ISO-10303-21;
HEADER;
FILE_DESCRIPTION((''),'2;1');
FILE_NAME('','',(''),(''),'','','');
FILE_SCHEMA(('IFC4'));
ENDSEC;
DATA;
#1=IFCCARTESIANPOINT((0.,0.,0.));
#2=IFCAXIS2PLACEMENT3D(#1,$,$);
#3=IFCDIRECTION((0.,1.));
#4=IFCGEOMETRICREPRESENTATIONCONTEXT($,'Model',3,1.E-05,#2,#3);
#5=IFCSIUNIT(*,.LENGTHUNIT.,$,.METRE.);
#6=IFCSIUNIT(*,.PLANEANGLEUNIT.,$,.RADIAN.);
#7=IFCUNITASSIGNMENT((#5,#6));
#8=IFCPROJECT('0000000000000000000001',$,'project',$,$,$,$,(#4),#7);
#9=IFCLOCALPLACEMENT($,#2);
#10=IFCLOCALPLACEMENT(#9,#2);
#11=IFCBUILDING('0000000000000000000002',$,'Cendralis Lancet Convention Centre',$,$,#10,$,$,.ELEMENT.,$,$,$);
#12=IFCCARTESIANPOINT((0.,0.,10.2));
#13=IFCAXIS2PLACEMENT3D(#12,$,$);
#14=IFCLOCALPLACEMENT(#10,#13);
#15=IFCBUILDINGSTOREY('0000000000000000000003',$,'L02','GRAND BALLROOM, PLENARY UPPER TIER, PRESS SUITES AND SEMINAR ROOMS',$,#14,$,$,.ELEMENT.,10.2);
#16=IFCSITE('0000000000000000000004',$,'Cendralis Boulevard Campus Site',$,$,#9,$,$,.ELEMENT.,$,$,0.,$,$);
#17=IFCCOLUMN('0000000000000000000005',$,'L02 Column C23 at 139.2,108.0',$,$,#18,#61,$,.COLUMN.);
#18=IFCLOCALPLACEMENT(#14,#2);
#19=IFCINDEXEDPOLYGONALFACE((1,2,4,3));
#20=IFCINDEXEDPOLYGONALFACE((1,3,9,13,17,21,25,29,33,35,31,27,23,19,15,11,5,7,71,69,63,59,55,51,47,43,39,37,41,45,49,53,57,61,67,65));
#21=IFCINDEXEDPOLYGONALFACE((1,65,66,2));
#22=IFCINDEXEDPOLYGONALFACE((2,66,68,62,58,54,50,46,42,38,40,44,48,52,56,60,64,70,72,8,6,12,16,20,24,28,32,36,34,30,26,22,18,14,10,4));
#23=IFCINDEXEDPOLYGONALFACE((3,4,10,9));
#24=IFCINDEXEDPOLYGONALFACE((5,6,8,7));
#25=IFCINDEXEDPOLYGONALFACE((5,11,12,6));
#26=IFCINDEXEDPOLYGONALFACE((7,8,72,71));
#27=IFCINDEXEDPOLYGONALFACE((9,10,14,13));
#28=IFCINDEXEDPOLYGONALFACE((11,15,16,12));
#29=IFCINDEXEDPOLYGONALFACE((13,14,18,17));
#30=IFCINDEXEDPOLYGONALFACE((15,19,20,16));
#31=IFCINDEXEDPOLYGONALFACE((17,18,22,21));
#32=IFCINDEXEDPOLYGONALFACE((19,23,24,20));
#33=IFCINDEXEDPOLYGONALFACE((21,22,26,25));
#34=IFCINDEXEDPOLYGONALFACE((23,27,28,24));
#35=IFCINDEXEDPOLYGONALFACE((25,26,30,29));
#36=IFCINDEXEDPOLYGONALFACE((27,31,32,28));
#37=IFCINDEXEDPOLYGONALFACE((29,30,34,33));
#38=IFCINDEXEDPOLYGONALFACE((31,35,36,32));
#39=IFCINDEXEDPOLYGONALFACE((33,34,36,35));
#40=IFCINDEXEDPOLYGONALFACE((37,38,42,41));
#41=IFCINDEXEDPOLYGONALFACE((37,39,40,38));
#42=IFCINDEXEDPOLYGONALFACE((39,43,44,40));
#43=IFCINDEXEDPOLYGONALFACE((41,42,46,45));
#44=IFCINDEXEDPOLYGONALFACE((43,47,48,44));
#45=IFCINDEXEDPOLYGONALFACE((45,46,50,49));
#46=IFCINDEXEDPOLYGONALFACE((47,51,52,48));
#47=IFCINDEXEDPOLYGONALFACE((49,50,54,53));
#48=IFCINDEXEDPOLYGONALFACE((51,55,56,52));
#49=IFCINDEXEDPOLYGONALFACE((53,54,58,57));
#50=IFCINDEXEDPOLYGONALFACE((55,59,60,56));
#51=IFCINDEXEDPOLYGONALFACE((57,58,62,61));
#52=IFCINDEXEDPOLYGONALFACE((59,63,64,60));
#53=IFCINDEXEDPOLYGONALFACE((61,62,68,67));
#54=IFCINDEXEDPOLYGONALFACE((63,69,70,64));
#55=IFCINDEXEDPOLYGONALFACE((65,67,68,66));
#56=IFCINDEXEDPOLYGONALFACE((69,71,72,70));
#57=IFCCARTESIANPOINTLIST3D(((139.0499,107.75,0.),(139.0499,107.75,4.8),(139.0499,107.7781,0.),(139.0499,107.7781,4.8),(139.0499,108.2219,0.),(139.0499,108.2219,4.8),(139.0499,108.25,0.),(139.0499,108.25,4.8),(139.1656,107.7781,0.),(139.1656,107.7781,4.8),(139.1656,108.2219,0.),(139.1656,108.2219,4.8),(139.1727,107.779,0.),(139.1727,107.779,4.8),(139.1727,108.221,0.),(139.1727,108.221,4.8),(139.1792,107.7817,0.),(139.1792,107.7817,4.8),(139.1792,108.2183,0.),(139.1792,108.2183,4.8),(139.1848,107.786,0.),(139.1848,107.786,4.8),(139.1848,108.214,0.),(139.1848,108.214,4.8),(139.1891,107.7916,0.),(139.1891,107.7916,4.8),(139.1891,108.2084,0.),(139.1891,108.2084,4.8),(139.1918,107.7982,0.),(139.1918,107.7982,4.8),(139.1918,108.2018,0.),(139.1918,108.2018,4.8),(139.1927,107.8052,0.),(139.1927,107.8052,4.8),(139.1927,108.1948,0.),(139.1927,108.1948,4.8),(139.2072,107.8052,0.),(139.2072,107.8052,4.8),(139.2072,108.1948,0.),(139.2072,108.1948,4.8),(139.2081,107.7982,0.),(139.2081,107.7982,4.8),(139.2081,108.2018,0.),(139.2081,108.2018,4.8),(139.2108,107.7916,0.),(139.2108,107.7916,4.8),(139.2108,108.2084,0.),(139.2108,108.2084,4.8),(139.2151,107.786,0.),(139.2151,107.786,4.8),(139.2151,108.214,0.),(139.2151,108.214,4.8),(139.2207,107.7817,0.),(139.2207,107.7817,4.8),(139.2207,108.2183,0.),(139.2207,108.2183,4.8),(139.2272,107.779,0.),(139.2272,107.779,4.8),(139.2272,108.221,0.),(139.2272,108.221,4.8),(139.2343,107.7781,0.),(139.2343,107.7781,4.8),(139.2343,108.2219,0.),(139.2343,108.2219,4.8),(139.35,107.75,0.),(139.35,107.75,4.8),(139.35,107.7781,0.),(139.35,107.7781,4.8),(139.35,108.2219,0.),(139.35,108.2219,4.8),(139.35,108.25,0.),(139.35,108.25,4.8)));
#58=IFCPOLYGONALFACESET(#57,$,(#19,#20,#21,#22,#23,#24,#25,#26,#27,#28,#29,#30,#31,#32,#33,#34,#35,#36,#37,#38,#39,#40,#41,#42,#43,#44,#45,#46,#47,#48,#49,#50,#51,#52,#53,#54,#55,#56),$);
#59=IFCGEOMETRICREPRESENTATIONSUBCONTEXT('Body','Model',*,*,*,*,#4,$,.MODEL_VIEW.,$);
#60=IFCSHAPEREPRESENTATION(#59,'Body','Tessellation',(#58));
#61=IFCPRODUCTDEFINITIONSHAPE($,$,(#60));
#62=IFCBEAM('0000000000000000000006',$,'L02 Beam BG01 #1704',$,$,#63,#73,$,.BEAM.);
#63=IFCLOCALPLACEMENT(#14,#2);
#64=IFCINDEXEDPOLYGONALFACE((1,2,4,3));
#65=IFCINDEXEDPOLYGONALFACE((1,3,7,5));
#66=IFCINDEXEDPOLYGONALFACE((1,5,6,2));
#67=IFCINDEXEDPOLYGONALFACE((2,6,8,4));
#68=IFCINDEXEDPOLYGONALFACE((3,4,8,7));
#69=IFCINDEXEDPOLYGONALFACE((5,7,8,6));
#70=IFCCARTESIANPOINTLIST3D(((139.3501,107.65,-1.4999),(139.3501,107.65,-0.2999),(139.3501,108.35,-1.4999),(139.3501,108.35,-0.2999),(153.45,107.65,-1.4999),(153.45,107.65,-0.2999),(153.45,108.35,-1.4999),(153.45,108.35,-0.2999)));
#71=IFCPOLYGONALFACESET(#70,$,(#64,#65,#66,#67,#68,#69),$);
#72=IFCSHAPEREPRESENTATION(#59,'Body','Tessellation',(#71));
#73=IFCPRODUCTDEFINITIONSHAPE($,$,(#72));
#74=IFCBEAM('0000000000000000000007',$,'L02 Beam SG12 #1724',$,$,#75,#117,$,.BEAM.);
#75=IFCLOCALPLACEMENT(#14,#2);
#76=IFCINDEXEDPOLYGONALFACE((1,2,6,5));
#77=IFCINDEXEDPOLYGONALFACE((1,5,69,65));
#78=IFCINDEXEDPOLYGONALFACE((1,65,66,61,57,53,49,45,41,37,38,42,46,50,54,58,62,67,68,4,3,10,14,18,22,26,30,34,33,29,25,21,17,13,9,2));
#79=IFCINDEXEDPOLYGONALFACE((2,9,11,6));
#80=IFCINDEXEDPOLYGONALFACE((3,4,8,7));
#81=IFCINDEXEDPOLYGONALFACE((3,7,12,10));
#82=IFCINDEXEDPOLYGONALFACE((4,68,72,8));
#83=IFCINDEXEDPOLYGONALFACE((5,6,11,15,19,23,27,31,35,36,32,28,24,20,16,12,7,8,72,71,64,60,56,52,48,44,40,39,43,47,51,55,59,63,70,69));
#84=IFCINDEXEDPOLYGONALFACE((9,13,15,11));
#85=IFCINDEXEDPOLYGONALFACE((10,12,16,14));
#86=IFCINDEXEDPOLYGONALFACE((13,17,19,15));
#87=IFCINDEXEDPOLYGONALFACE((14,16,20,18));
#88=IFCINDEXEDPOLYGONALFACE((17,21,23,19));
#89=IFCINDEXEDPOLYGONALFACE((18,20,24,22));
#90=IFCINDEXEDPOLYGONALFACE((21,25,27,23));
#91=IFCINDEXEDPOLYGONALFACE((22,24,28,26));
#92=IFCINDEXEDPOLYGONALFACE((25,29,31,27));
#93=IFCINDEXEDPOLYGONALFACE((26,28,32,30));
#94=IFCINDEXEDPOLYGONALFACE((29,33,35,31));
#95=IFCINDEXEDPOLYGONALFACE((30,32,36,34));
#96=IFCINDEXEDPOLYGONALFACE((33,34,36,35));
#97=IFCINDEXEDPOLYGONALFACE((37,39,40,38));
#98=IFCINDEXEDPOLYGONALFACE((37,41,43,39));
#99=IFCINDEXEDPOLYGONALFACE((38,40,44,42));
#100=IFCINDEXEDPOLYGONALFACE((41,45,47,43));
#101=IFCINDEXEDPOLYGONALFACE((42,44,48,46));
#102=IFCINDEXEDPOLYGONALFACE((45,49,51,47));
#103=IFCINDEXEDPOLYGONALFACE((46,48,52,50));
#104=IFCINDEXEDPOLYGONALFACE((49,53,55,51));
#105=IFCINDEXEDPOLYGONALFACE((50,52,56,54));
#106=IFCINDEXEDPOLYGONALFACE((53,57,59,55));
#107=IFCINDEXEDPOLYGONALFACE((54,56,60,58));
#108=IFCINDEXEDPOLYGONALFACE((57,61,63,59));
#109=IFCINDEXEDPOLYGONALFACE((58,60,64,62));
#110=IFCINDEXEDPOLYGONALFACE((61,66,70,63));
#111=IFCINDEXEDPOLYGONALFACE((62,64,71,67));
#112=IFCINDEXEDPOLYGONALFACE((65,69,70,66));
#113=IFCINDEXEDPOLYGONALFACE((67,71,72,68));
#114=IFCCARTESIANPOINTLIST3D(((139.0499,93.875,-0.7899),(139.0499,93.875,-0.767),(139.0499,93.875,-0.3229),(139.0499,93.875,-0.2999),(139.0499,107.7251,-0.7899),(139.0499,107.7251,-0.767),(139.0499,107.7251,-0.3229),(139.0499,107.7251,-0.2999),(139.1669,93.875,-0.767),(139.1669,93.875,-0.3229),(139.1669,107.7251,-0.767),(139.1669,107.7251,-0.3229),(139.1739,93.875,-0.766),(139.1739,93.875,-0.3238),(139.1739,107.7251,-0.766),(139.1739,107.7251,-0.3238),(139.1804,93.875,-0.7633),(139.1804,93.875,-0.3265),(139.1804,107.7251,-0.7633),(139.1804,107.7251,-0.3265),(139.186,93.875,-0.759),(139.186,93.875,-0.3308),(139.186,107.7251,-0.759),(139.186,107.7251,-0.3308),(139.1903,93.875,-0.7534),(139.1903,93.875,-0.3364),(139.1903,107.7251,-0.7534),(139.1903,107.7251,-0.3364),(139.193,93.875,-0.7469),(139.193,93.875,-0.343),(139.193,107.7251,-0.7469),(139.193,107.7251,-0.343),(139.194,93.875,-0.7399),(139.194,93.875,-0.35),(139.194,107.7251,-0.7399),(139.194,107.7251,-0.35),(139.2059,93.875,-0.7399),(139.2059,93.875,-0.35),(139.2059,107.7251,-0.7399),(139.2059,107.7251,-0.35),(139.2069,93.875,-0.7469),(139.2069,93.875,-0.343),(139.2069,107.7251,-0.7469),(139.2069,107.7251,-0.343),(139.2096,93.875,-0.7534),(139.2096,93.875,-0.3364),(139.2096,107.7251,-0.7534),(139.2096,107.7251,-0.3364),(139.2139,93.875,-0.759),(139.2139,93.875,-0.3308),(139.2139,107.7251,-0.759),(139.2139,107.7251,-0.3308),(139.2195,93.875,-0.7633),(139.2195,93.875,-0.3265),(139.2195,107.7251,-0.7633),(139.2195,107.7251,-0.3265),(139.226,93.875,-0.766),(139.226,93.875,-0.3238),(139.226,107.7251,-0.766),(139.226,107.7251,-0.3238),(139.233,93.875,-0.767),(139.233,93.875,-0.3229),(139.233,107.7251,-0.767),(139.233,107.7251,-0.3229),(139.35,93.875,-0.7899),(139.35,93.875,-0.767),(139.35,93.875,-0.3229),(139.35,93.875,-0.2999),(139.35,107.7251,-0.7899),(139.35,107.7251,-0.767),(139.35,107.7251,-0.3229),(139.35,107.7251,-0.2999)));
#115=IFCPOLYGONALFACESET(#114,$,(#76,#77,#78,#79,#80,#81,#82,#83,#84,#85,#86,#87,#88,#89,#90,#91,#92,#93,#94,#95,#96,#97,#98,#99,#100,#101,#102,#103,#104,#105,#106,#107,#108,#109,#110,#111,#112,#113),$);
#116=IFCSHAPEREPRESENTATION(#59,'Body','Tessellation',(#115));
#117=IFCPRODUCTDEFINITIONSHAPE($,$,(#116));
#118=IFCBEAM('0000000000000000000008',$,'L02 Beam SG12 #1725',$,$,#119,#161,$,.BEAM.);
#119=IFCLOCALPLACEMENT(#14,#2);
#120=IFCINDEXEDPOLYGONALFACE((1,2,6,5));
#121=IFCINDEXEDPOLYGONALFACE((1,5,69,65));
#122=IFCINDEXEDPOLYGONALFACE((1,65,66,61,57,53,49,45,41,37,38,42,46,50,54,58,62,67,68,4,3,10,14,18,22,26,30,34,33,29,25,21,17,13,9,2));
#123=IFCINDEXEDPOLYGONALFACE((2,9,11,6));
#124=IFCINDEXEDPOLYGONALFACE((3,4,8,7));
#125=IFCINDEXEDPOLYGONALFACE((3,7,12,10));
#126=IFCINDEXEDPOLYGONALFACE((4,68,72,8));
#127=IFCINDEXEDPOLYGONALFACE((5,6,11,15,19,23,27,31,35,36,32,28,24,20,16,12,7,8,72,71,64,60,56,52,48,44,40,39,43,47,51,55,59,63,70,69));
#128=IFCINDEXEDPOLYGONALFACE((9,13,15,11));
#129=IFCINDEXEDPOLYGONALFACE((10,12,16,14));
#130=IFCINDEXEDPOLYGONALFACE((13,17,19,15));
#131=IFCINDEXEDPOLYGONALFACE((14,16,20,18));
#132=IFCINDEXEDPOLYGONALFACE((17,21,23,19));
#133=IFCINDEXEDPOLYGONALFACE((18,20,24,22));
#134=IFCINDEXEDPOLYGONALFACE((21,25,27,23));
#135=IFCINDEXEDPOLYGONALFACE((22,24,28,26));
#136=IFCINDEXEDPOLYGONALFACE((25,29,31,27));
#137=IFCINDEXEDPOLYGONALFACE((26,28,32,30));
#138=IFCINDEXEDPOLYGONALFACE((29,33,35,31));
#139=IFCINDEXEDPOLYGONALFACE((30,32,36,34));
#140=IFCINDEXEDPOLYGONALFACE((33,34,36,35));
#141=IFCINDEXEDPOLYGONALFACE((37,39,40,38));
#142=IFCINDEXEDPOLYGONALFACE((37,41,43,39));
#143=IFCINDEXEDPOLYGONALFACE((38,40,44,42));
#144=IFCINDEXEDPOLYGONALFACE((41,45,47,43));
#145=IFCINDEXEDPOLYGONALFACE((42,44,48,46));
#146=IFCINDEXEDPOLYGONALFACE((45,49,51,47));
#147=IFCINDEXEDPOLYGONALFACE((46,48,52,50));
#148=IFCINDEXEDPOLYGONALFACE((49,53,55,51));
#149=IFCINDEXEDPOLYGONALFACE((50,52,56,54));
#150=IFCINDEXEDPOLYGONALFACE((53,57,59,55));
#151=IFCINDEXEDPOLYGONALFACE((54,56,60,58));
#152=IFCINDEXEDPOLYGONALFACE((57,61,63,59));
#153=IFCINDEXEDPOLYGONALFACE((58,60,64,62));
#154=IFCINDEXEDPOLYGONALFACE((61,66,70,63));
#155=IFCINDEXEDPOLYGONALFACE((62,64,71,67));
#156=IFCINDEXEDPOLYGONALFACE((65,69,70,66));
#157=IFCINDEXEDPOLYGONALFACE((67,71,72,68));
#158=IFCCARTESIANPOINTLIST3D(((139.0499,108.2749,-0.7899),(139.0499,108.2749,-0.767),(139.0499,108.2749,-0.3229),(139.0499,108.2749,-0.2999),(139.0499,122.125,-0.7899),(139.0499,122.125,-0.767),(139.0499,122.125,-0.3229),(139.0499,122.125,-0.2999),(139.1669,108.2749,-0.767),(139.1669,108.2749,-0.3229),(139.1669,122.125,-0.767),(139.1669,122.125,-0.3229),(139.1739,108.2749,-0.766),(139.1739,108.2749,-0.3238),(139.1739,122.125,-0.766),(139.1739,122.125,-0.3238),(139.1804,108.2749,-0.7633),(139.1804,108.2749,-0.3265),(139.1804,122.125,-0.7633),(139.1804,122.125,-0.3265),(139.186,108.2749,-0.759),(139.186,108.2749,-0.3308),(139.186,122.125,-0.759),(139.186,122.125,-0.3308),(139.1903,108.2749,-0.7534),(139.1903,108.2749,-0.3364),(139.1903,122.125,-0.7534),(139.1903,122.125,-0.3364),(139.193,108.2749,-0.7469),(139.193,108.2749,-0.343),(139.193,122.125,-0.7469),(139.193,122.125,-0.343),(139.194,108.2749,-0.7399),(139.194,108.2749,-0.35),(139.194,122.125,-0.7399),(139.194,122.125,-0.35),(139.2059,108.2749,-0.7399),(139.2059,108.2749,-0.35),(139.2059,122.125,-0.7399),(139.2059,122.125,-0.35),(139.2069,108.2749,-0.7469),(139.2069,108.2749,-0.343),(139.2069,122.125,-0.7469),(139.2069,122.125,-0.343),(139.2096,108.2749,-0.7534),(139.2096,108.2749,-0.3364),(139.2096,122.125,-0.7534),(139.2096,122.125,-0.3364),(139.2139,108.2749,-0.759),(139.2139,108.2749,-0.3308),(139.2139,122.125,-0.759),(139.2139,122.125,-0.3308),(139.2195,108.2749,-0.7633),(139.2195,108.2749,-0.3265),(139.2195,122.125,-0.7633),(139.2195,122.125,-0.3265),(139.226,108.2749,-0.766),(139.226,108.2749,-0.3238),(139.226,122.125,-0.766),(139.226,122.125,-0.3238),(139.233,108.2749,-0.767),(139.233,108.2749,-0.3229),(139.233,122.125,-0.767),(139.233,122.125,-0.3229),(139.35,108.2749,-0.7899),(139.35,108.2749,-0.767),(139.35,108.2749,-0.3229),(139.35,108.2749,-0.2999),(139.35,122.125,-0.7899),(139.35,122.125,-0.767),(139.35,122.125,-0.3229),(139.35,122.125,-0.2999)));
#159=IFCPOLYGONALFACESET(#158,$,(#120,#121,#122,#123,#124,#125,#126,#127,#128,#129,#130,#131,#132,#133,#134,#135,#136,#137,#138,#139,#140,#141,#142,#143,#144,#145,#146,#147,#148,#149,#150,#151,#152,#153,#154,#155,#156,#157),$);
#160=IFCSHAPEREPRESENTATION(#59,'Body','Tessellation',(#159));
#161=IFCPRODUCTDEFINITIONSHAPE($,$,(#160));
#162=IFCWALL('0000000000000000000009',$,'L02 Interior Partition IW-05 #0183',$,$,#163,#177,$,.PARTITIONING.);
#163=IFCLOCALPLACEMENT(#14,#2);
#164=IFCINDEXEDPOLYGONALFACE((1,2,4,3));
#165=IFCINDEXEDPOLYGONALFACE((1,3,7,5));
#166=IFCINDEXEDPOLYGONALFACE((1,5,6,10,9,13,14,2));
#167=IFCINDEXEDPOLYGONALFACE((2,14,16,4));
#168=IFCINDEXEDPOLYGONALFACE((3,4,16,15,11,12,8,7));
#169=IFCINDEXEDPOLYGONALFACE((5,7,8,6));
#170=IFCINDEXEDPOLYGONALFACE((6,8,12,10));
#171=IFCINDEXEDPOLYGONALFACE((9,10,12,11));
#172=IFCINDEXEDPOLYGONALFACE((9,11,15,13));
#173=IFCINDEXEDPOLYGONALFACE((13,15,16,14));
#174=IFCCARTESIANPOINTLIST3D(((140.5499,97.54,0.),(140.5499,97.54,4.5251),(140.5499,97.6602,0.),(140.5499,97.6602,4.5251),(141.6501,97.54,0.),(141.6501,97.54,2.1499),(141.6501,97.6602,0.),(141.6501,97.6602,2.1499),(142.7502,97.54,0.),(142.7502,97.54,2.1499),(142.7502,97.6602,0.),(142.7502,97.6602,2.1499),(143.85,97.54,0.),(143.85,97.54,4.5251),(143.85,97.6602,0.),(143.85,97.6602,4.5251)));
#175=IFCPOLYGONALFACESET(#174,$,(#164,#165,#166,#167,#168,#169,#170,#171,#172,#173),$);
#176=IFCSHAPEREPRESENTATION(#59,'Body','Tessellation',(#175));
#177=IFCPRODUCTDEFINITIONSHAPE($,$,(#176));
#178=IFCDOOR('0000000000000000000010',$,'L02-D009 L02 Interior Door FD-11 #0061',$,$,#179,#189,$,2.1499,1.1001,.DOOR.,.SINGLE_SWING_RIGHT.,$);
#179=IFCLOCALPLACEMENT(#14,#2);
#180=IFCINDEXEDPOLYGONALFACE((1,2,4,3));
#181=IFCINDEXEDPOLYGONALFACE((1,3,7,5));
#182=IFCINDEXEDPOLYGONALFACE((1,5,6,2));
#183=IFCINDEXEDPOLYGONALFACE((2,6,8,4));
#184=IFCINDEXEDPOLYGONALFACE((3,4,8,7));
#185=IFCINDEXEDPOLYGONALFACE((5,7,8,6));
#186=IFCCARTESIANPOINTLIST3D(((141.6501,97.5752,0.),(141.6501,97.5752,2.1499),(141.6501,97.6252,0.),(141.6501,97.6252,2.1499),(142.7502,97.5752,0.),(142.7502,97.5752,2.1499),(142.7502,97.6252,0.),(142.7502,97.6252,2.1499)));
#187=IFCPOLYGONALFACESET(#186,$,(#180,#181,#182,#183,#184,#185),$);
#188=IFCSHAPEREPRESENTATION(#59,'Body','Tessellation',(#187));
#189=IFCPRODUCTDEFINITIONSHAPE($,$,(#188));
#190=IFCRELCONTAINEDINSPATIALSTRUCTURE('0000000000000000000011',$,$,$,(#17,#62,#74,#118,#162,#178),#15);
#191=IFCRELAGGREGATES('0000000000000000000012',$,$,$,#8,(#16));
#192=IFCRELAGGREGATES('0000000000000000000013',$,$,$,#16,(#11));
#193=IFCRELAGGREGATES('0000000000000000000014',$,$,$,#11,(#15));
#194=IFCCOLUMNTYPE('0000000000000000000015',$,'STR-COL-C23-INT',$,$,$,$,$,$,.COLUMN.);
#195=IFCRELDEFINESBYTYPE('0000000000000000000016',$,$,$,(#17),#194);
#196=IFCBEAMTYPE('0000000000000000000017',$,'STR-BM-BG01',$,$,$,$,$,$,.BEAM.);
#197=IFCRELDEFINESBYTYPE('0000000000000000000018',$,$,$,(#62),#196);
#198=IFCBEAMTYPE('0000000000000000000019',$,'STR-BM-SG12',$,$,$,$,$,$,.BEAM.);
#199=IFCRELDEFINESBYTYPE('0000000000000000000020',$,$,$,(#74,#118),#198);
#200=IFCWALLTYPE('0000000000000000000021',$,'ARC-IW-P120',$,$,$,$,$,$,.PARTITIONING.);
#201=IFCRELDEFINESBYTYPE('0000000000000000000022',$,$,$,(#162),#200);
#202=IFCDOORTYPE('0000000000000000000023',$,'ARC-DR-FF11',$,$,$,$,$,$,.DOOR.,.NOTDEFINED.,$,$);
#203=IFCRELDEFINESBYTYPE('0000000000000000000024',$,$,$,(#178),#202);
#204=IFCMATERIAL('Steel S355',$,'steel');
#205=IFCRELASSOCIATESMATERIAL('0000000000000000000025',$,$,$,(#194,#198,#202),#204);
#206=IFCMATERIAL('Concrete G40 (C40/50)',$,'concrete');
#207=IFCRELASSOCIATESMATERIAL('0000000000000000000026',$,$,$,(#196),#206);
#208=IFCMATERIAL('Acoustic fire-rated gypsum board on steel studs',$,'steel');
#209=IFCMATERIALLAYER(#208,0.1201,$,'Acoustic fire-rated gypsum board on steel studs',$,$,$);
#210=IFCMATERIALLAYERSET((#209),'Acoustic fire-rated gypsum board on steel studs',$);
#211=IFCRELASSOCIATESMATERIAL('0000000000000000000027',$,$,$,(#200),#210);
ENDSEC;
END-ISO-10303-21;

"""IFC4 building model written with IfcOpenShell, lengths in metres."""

from ifc_helpers import new_model, si_unit, direction, frame, frame_2d, origin, origin_2d, place, context, subcontext, project, spatial, rectangle, i_section, extrude, material, layer, layer_set, material_profile, profile_set, type_object, element, fill, save


model = new_model("IFC4")

# Units and contexts
model_context = context("Model", 3, precision=1e-05, world=origin(), true_north=direction((0.0, 1.0)))
body_context = subcontext(model_context, "Body", "Model", "MODEL_VIEW")
ifc_project = project(units=[si_unit("LENGTHUNIT", "METRE"), si_unit("PLANEANGLEUNIT", "RADIAN")], contexts=[model_context])

# Site, building, storey
site_placement = place(None, origin())
site = spatial("IfcSite", under=ifc_project, at=site_placement, Name="Cendralis Boulevard Campus Site", CompositionType="ELEMENT", RefElevation=0.0)
building_placement = place(site_placement, origin())
building = spatial("IfcBuilding", under=site, at=building_placement, Name="Cendralis Lancet Convention Centre", CompositionType="ELEMENT")
storey_placement = place(building_placement, frame((0.0, 0.0, 10.2)))
storey = spatial("IfcBuildingStorey", under=building, at=storey_placement, Name="L02", Description="GRAND BALLROOM, PLENARY UPPER TIER, PRESS SUITES AND SEMINAR ROOMS", CompositionType="ELEMENT", Elevation=10.2)

# Column
ifc_material_1 = material(Name="Steel S355", Category="steel")
ifc_material_profile_1 = material_profile(ifc_material_1, i_section(OverallWidth=0.3, OverallDepth=0.5, WebThickness=0.0144, FlangeThickness=0.0281, FilletRadius=0.0271, at=origin_2d()), Name="HEB 500")
ifc_profile_set_1 = profile_set([ifc_material_profile_1], Name="Steel S355")
column_type = type_object("IfcColumnType", Name="STR-COL-C23-INT", PredefinedType="COLUMN", material=ifc_profile_set_1)
column_placement = place(storey_placement, frame((139.2, 108.0, 0.0), z_axis=(0.0, 0.0, 1.0), x_axis=(1.0, 0.0, 0.0)))
element("IfcColumn", 1, at=column_placement, inside=storey, type_object=column_type, Name="L02 Column C23 at 139.2,108.0", PredefinedType="COLUMN", context=body_context, shape_type="SweptSolid", body=[
    extrude(i_section(OverallWidth=0.3, OverallDepth=0.5, WebThickness=0.0144, FlangeThickness=0.0281, FilletRadius=0.0271, at=origin_2d()), origin(), (0.0, 0.0, 1.0), 4.8),
])

# Beams
ifc_material_2 = material(Name="Concrete G40 (C40/50)", Category="concrete")
ifc_material_profile_2 = material_profile(ifc_material_2, rectangle(XDim=0.7, YDim=1.2, at=origin_2d()), Name="RCB 700x1200")
ifc_profile_set_2 = profile_set([ifc_material_profile_2], Name="Concrete G40 (C40/50)")
beam_type_1 = type_object("IfcBeamType", Name="STR-BM-BG01", PredefinedType="BEAM", material=ifc_profile_set_2)
beam_placement = place(storey_placement, frame((139.3501, 108.0, -0.8999), z_axis=(1.0, 0.0, 0.0), x_axis=(0.0, 1.0, 0.0)))
element("IfcBeam", 2, at=beam_placement, inside=storey, type_object=beam_type_1, Name="L02 Beam BG01 #1704", PredefinedType="BEAM", context=body_context, shape_type="SweptSolid", body=[
    extrude(rectangle(XDim=0.7, YDim=1.2, at=origin_2d()), origin(), (0.0, 0.0, 1.0), 14.0999),
])
ifc_material_profile_3 = material_profile(ifc_material_1, i_section(OverallWidth=0.3, OverallDepth=0.49, WebThickness=0.012, FlangeThickness=0.0229, FilletRadius=0.0271, at=origin_2d()), Name="HEA 500")
ifc_profile_set_3 = profile_set([ifc_material_profile_3], Name="Steel S355")
beam_type_2 = type_object("IfcBeamType", Name="STR-BM-SG12", PredefinedType="BEAM", material=ifc_profile_set_3)
for number, where, z_axis, x_axis, name in (
    (3, (139.2, 93.875, -0.5449), (0.0, 1.0, 0.0), (-1.0, 0.0, 0.0), "L02 Beam SG12 #1724"),
    (4, (139.2, 108.2749, -0.5449), (0.0, 1.0, 0.0), (-1.0, 0.0, 0.0), "L02 Beam SG12 #1725"),
):
    element("IfcBeam", number, at=place(storey_placement, frame(where, z_axis=z_axis, x_axis=x_axis)), inside=storey, type_object=beam_type_2, Name=name, PredefinedType="BEAM", context=body_context, shape_type="SweptSolid", body=[
        extrude(i_section(OverallWidth=0.3, OverallDepth=0.49, WebThickness=0.012, FlangeThickness=0.0229, FilletRadius=0.0271, at=origin_2d()), origin(), (0.0, 0.0, 1.0), 13.8501),
    ])

# Wall, opening, door
ifc_material_3 = material(Name="Acoustic fire-rated gypsum board on steel studs", Category="steel")
ifc_layer_1 = layer(ifc_material_3, 0.1201, Name="Acoustic fire-rated gypsum board on steel studs")
ifc_layer_set_1 = layer_set([ifc_layer_1], Name="Acoustic fire-rated gypsum board on steel studs")
wall_type_1 = type_object("IfcWallType", Name="ARC-IW-P120", PredefinedType="PARTITIONING", material=ifc_layer_set_1)
wall_1_placement = place(storey_placement, frame((140.55, 97.6001, 0.0), z_axis=(0.0, 0.0, 1.0), x_axis=(1.0, 0.0, 0.0)))
wall_1 = element("IfcWall", 5, at=wall_1_placement, inside=storey, type_object=wall_type_1, Name="L02 Interior Partition IW-05 #0183", PredefinedType="PARTITIONING", context=body_context, shape_type="SweptSolid", body=[
    extrude(rectangle(XDim=3.3, YDim=0.1201, at=frame_2d((1.6499, 0.0))), origin(), (0.0, 0.0, 1.0), 4.5251),
])
opening_1_placement = place(wall_1_placement, frame((1.1001, 0.0, 0.0)))
opening_1 = element("IfcOpeningElement", 6, at=opening_1_placement, cuts=wall_1, PredefinedType="OPENING", context=body_context, shape_type="SweptSolid", body=[
    extrude(rectangle(XDim=1.1001, YDim=2.1499, at=frame_2d((0.55, 1.075))), frame((0.0, 0.0701, 0.0), z_axis=(0.0, -1.0, 0.0), x_axis=(1.0, 0.0, 0.0)), (0.0, 0.0, 1.0), 0.1401),
])
door_type_1 = type_object("IfcDoorType", Name="ARC-DR-FF11", OperationType="NOTDEFINED", PredefinedType="DOOR", material=ifc_material_1)
door_1_placement = place(opening_1_placement, frame((1.1001, 0.0, 0.0), z_axis=(0.0, 0.0, 1.0), x_axis=(-1.0, 0.0, 0.0)))
door_1 = element("IfcDoor", 7, at=door_1_placement, inside=storey, type_object=door_type_1, Name="L02-D009 L02 Interior Door FD-11 #0061", OperationType="SINGLE_SWING_RIGHT", OverallHeight=2.1499, OverallWidth=1.1001, PredefinedType="DOOR", context=body_context, shape_type="SweptSolid", body=[
    extrude(rectangle(XDim=1.1001, YDim=2.1499, at=frame_2d((0.55, 1.075))), frame((0.0, 0.0249, 0.0), z_axis=(0.0, -1.0, 0.0), x_axis=(1.0, 0.0, 0.0)), (0.0, 0.0, 1.0), 0.05),
])
fill(opening_1, door_1)

save(model, "model.ifc")
